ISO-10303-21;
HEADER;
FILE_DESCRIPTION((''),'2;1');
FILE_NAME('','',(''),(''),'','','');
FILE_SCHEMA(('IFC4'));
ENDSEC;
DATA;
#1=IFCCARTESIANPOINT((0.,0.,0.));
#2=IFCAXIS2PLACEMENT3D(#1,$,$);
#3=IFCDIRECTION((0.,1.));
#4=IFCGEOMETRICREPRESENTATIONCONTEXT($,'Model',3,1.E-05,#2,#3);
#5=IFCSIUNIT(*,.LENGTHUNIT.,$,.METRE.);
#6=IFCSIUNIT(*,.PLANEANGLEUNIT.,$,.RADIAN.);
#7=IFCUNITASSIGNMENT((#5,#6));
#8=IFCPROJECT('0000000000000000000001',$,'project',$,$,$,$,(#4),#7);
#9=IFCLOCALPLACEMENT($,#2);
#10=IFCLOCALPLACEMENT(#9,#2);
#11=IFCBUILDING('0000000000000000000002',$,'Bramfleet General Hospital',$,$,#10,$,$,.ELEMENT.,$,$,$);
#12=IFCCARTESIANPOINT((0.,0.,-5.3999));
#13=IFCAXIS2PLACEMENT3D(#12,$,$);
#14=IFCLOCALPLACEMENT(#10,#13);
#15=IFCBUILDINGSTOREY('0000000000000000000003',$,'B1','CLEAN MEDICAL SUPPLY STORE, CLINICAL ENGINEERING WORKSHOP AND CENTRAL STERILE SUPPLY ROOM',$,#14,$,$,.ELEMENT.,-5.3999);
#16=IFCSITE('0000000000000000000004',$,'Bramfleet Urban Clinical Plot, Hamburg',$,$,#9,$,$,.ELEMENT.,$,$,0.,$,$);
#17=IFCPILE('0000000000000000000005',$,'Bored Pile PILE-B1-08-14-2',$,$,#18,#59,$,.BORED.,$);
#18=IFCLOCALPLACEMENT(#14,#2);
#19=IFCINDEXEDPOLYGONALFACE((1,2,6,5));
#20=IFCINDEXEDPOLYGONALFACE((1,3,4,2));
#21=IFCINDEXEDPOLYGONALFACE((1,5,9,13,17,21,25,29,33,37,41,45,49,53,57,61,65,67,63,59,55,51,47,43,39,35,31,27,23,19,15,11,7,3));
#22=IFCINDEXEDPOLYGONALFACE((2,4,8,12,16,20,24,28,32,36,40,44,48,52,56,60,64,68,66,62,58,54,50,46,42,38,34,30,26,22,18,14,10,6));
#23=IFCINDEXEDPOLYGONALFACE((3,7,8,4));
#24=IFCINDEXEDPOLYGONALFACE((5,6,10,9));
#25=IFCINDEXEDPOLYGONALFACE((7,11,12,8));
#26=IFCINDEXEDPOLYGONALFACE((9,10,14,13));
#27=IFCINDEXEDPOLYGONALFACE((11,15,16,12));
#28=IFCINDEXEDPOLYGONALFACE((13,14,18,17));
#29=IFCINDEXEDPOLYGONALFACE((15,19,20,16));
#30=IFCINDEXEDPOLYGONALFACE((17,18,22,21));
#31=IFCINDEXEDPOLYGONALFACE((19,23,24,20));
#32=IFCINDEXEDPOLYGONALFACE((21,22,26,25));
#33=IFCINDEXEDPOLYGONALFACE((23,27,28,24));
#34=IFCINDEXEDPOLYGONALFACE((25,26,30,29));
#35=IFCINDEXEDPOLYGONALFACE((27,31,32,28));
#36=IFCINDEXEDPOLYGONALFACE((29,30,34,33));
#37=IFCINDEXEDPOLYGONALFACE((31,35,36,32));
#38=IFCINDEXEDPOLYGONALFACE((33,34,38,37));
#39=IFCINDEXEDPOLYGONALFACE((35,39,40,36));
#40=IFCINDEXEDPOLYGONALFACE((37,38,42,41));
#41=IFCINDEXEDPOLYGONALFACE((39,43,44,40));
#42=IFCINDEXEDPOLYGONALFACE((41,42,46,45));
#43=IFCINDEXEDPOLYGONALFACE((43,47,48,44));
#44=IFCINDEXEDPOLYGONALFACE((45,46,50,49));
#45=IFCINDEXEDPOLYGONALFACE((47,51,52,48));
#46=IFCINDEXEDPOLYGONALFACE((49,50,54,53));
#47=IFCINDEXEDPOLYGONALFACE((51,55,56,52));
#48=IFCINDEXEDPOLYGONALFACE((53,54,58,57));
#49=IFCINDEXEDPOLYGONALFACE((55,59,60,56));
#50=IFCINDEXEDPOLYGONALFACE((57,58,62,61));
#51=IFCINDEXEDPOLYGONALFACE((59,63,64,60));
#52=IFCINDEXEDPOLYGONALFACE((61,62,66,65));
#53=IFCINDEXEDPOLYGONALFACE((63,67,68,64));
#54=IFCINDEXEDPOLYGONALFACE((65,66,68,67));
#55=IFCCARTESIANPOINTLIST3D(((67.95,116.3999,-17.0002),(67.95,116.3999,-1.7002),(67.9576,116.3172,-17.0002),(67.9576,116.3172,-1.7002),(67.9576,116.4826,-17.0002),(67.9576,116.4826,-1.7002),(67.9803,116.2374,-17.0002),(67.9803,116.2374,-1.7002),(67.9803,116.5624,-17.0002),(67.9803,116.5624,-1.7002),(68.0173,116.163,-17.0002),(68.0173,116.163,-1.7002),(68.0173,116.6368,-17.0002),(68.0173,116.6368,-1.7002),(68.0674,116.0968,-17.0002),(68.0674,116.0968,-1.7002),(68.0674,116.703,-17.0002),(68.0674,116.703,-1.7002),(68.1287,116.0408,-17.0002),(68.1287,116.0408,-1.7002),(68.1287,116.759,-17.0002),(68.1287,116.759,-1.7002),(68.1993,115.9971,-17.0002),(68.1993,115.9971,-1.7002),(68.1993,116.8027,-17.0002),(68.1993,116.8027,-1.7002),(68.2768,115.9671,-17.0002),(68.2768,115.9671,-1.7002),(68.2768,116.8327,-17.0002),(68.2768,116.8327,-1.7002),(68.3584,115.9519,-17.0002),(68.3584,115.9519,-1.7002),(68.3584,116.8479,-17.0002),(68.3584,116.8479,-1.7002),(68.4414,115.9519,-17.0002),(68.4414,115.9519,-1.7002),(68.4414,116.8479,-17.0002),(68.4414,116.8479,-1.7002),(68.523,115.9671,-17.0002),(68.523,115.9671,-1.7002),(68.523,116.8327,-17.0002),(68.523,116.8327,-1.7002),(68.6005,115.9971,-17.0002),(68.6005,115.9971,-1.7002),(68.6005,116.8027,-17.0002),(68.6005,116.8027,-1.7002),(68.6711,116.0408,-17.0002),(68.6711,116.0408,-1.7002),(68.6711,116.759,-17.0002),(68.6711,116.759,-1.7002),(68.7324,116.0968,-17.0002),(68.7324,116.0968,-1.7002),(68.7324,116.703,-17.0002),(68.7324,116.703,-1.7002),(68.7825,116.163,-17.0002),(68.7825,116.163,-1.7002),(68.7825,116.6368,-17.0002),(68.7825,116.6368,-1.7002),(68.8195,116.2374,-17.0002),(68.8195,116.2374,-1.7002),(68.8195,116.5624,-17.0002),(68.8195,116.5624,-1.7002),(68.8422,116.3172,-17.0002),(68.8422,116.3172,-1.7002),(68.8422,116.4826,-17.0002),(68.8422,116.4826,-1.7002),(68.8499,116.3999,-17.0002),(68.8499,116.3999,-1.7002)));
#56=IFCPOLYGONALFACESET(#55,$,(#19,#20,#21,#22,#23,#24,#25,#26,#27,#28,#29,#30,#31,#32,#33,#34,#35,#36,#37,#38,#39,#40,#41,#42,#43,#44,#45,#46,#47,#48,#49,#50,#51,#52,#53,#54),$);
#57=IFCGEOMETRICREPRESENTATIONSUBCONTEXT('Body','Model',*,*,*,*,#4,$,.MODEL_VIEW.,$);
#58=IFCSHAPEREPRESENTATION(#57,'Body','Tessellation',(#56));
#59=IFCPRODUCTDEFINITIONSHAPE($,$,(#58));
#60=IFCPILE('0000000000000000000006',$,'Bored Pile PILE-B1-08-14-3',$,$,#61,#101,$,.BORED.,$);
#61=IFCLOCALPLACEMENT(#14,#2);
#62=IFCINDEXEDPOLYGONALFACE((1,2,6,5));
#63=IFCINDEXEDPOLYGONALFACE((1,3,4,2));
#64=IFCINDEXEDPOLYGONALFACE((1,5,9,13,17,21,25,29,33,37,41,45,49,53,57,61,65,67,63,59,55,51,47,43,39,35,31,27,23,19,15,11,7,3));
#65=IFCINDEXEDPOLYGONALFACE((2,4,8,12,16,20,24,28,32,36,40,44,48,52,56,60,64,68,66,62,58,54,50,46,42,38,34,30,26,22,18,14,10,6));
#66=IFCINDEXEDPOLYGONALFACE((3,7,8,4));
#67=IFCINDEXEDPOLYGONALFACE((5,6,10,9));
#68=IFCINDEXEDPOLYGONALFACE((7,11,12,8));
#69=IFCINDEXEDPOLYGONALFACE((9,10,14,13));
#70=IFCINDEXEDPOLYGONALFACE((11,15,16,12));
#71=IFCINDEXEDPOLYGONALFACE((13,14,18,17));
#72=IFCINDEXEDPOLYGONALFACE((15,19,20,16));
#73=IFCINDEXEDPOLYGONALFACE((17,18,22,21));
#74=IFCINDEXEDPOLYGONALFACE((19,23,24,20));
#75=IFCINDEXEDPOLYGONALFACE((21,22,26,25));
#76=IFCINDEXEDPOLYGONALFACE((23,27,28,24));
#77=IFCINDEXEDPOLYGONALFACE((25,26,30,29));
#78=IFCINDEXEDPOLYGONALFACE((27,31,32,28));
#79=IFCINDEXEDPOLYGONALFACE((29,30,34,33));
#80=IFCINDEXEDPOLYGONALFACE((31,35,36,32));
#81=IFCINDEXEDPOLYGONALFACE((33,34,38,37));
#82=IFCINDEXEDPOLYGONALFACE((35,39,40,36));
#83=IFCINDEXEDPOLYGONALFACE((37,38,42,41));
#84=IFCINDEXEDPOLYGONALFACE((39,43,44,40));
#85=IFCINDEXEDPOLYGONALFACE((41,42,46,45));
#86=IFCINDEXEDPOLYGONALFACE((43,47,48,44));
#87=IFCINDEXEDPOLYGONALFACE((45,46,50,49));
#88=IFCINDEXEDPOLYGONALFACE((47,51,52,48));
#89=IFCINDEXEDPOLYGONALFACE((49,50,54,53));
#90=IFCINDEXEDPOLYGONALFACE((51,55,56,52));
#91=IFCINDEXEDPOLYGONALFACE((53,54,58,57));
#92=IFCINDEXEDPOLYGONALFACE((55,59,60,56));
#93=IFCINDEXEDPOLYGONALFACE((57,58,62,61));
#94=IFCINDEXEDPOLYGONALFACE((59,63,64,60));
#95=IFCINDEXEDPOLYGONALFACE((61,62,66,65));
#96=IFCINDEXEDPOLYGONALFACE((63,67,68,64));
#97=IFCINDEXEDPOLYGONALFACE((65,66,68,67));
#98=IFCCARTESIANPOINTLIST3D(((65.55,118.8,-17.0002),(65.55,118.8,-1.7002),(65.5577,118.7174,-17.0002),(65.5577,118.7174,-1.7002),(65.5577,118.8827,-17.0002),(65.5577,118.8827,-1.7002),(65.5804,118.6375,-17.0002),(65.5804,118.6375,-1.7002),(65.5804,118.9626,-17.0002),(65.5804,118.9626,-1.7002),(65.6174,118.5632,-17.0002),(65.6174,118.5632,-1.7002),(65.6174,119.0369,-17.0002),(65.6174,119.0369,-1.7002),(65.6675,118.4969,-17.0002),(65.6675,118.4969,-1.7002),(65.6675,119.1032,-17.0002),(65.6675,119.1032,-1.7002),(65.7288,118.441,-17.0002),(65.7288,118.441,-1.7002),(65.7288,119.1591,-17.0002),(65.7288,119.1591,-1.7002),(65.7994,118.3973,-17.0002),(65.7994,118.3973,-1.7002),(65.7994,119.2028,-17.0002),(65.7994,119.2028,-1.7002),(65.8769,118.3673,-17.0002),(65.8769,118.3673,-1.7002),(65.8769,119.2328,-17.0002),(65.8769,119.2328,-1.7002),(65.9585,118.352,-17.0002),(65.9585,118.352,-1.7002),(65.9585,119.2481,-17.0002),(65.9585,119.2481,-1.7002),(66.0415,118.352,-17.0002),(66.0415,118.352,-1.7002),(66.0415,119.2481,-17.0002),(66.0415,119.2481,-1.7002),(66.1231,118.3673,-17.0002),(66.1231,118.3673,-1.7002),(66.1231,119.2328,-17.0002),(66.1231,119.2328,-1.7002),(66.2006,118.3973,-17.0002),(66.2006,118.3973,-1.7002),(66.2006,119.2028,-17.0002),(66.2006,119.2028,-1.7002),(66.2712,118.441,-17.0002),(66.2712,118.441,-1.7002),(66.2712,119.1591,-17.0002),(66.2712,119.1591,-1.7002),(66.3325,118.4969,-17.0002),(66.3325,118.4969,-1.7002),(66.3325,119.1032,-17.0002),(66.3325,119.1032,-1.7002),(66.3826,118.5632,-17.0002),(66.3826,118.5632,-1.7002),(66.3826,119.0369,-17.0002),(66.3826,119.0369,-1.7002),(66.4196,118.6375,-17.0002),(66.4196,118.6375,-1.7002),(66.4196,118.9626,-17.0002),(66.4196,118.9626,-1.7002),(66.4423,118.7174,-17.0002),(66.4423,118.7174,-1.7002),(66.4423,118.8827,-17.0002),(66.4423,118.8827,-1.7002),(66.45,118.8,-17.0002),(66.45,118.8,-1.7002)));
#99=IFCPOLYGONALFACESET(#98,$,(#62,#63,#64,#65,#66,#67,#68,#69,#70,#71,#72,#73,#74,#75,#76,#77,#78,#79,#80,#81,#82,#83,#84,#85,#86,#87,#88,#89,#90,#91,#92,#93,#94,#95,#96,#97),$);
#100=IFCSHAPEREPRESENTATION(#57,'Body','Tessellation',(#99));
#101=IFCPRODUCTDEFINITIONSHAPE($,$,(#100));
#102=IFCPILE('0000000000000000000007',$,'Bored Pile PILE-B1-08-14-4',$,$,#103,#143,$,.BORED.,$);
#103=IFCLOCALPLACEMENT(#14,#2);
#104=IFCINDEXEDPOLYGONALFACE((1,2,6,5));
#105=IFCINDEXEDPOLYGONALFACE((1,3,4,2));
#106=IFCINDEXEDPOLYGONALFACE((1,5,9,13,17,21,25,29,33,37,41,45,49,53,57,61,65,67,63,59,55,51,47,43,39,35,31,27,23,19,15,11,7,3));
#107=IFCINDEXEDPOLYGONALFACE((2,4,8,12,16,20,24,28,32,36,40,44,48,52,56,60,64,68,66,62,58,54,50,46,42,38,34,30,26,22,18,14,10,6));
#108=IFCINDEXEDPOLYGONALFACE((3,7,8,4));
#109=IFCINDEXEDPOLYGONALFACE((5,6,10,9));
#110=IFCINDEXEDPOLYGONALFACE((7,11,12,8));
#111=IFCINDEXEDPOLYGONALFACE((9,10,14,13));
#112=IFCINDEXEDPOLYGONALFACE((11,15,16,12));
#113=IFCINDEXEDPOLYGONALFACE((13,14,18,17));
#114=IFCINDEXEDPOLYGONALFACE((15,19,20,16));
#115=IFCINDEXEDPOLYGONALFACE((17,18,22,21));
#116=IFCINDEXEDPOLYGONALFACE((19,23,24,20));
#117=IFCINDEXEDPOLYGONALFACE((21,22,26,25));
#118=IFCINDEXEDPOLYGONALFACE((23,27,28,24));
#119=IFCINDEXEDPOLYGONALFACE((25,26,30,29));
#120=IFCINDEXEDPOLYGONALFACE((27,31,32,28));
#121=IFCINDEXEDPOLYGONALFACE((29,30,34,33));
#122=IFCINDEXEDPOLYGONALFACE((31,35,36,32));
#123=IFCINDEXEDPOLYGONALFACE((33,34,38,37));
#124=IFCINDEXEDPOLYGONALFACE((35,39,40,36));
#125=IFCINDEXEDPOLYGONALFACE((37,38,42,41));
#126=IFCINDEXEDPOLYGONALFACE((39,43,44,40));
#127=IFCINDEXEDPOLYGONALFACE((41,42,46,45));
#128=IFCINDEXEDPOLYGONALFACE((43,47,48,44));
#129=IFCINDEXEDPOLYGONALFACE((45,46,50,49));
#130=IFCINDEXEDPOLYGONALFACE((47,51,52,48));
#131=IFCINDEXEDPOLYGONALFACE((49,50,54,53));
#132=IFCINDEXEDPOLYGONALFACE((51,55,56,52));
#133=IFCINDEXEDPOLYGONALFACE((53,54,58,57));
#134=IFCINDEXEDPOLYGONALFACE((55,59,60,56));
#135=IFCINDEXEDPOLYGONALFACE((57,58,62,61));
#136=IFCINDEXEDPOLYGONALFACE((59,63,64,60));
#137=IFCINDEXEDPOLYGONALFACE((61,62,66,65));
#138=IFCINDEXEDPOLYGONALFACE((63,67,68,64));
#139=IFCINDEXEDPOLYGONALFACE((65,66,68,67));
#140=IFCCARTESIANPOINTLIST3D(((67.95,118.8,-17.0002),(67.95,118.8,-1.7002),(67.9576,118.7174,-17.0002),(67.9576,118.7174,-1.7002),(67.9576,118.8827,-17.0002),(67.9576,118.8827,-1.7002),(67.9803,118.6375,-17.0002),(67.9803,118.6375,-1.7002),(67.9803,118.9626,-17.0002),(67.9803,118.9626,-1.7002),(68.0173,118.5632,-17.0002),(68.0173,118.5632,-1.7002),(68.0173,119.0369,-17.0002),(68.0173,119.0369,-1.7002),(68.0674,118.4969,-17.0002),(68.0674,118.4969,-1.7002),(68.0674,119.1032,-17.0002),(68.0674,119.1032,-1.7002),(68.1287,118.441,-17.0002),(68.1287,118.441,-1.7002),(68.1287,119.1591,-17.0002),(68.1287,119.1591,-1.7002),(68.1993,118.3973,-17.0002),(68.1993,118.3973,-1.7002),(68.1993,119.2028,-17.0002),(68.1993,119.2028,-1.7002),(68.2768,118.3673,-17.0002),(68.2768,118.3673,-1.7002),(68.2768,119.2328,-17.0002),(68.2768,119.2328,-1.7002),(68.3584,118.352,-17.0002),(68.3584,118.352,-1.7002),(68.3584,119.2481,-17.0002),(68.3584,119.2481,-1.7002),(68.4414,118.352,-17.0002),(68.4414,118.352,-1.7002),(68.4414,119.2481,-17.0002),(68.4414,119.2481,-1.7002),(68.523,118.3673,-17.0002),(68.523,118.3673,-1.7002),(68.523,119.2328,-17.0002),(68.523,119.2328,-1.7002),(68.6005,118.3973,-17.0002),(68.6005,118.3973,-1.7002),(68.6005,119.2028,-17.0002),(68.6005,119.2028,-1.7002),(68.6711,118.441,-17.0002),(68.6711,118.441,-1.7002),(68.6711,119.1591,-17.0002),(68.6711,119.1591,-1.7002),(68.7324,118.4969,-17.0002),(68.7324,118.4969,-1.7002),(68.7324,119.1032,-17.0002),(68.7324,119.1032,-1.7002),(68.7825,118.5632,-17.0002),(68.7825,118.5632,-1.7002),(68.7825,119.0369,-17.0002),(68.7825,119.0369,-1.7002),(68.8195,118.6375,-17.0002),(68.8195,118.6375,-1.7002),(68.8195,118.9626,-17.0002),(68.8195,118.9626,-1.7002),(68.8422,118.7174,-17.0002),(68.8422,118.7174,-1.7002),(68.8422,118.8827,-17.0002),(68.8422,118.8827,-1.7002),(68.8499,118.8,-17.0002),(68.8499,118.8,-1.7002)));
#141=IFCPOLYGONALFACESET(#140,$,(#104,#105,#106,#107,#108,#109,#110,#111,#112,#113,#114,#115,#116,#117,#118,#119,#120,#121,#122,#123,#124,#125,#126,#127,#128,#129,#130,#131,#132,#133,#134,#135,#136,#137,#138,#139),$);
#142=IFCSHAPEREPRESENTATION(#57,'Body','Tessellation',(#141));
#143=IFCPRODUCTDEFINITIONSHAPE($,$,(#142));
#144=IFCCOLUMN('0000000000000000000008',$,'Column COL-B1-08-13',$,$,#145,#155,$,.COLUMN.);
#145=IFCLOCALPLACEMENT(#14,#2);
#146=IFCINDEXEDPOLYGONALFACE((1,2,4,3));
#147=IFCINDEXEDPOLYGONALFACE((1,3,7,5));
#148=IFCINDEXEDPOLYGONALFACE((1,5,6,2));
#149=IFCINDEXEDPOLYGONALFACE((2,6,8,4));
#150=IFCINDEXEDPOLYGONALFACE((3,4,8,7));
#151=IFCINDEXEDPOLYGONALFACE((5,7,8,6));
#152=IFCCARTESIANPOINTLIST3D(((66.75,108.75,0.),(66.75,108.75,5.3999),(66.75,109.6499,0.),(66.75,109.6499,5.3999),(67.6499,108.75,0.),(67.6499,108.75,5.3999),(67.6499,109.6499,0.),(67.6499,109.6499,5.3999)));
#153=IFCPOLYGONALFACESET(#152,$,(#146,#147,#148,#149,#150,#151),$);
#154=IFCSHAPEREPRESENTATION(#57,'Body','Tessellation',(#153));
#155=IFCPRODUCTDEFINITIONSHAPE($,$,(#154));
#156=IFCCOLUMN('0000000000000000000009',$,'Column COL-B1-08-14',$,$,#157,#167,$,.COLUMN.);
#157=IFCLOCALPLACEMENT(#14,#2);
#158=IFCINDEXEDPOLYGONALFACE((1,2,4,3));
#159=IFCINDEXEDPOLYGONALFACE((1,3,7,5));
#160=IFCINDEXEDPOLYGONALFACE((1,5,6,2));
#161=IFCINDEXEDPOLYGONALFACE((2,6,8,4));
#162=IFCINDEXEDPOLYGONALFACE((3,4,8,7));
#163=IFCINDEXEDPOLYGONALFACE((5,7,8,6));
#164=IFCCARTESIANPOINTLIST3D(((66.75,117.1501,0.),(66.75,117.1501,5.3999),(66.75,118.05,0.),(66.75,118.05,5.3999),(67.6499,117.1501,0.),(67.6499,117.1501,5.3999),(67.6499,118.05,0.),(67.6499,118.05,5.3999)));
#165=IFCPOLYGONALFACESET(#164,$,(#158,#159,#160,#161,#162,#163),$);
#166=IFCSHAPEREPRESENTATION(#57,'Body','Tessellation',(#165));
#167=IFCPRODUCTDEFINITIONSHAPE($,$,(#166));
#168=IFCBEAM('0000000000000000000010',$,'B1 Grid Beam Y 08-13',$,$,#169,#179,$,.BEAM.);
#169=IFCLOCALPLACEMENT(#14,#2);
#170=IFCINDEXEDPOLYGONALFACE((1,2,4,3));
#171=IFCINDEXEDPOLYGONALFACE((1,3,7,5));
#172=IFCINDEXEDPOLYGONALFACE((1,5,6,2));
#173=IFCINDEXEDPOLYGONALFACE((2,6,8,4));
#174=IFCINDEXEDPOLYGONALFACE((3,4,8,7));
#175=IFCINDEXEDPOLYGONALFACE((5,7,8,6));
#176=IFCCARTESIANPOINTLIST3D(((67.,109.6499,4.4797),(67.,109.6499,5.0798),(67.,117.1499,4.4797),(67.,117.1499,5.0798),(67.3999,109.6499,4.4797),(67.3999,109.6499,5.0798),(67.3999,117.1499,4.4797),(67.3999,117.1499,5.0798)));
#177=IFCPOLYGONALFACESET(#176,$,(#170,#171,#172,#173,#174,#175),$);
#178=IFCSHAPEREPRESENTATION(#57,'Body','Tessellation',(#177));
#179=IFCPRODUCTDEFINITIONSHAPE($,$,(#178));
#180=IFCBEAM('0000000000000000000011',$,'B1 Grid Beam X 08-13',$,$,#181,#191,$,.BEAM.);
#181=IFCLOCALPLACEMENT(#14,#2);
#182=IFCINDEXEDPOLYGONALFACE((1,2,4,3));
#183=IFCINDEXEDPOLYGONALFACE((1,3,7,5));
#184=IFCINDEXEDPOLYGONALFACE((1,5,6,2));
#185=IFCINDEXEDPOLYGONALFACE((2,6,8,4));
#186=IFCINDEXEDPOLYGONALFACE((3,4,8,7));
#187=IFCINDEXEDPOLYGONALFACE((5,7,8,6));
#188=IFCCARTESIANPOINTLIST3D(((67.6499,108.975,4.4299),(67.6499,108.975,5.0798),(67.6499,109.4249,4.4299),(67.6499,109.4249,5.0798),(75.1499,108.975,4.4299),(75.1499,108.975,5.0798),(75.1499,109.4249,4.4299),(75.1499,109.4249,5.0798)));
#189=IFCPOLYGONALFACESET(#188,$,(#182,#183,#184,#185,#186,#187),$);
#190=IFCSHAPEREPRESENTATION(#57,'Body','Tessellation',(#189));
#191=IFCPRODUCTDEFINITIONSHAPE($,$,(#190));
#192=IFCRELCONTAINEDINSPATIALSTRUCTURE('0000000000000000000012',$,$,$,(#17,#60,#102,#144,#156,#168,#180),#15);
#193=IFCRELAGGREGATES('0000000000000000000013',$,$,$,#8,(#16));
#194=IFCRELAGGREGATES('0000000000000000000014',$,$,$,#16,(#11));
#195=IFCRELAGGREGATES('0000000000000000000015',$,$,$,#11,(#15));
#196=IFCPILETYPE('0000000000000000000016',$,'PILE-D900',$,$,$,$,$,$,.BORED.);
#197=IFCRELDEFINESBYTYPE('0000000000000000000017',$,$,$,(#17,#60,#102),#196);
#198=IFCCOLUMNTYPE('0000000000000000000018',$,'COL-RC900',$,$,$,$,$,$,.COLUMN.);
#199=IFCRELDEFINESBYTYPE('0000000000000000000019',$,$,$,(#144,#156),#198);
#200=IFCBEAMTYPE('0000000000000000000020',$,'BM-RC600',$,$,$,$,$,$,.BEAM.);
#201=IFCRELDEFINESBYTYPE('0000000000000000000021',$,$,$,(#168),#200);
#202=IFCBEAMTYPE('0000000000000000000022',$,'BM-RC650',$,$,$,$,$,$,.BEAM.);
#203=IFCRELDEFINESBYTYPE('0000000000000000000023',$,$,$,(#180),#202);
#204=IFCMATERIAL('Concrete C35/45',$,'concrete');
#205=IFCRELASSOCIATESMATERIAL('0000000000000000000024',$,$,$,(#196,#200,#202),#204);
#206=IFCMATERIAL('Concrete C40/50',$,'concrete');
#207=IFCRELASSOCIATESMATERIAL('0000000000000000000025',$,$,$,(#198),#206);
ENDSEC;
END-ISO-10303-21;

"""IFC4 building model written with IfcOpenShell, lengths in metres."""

from ifc_helpers import new_model, si_unit, direction, frame, origin, origin_2d, place, context, subcontext, project, spatial, rectangle, circle, extrude, material, material_profile, profile_set, type_object, element, save


model = new_model("IFC4")

# Units and contexts
model_context = context("Model", 3, precision=1e-05, world=origin(), true_north=direction((0.0, 1.0)))
body_context = subcontext(model_context, "Body", "Model", "MODEL_VIEW")
ifc_project = project(units=[si_unit("LENGTHUNIT", "METRE"), si_unit("PLANEANGLEUNIT", "RADIAN")], contexts=[model_context])

# Site, building, storey
site_placement = place(None, origin())
site = spatial("IfcSite", under=ifc_project, at=site_placement, Name="Bramfleet Urban Clinical Plot, Hamburg", CompositionType="ELEMENT", RefElevation=0.0)
building_placement = place(site_placement, origin())
building = spatial("IfcBuilding", under=site, at=building_placement, Name="Bramfleet General Hospital", CompositionType="ELEMENT")
storey_placement = place(building_placement, frame((0.0, 0.0, -5.3999)))
storey = spatial("IfcBuildingStorey", under=building, at=storey_placement, Name="B1", Description="CLEAN MEDICAL SUPPLY STORE, CLINICAL ENGINEERING WORKSHOP AND CENTRAL STERILE SUPPLY ROOM", CompositionType="ELEMENT", Elevation=-5.3999)

# Shared definitions
ifc_material_1 = material(Name="Concrete C35/45", Category="concrete")

# Piles
ifc_material_profile_1 = material_profile(ifc_material_1, circle(Radius=0.45, at=origin_2d()), Name="PILE BORED D900")
ifc_profile_set_1 = profile_set([ifc_material_profile_1], Name="Concrete C35/45")
pile_type = type_object("IfcPileType", Name="PILE-D900", PredefinedType="BORED", material=ifc_profile_set_1)
for number, where, z_axis, x_axis, name in (
    (1, (68.3999, 116.3999, -1.7002), (0.0, 0.0, -1.0), (1.0, 0.0, 0.0), "Bored Pile PILE-B1-08-14-2"),
    (2, (66.0, 118.8, -1.7002), (0.0, 0.0, -1.0), (1.0, 0.0, 0.0), "Bored Pile PILE-B1-08-14-3"),
    (3, (68.3999, 118.8, -1.7002), (0.0, 0.0, -1.0), (1.0, 0.0, 0.0), "Bored Pile PILE-B1-08-14-4"),
):
    element("IfcPile", number, at=place(storey_placement, frame(where, z_axis=z_axis, x_axis=x_axis)), inside=storey, type_object=pile_type, Name=name, PredefinedType="BORED", context=body_context, shape_type="SweptSolid", body=[
        extrude(circle(Radius=0.45, at=origin_2d()), origin(), (0.0, 0.0, 1.0), 15.3),
    ])

# Columns
ifc_material_2 = material(Name="Concrete C40/50", Category="concrete")
ifc_material_profile_2 = material_profile(ifc_material_2, rectangle(XDim=0.8999, YDim=0.8999, at=origin_2d()), Name="RC COL 900x900")
ifc_profile_set_2 = profile_set([ifc_material_profile_2], Name="Concrete C40/50")
column_type = type_object("IfcColumnType", Name="COL-RC900", PredefinedType="COLUMN", material=ifc_profile_set_2)
for number, where, z_axis, x_axis, name in (
    (4, (67.2, 109.2, 0.0), (0.0, 0.0, 1.0), (1.0, 0.0, 0.0), "Column COL-B1-08-13"),
    (5, (67.2, 117.6001, 0.0), (0.0, 0.0, 1.0), (1.0, 0.0, 0.0), "Column COL-B1-08-14"),
):
    element("IfcColumn", number, at=place(storey_placement, frame(where, z_axis=z_axis, x_axis=x_axis)), inside=storey, type_object=column_type, Name=name, PredefinedType="COLUMN", context=body_context, shape_type="SweptSolid", body=[
        extrude(rectangle(XDim=0.8999, YDim=0.8999, at=origin_2d()), origin(), (0.0, 0.0, 1.0), 5.3999),
    ])

# Beams
ifc_material_profile_3 = material_profile(ifc_material_1, rectangle(XDim=0.3999, YDim=0.6001, at=origin_2d()), Name="RC BM 600x400")
ifc_profile_set_3 = profile_set([ifc_material_profile_3], Name="Concrete C35/45")
beam_type_1 = type_object("IfcBeamType", Name="BM-RC600", PredefinedType="BEAM", material=ifc_profile_set_3)
beam_1_placement = place(storey_placement, frame((67.2, 109.6499, 4.7798), z_axis=(0.0, 1.0, 0.0), x_axis=(-1.0, 0.0, 0.0)))
element("IfcBeam", 6, at=beam_1_placement, inside=storey, type_object=beam_type_1, Name="B1 Grid Beam Y 08-13", PredefinedType="BEAM", context=body_context, shape_type="SweptSolid", body=[
    extrude(rectangle(XDim=0.3999, YDim=0.6001, at=origin_2d()), origin(), (0.0, 0.0, 1.0), 7.5),
])
ifc_material_profile_4 = material_profile(ifc_material_1, rectangle(XDim=0.45, YDim=0.6499, at=origin_2d()), Name="RC BM 650x450")
ifc_profile_set_4 = profile_set([ifc_material_profile_4], Name="Concrete C35/45")
beam_type_2 = type_object("IfcBeamType", Name="BM-RC650", PredefinedType="BEAM", material=ifc_profile_set_4)
beam_2_placement = place(storey_placement, frame((67.6499, 109.2, 4.7549), z_axis=(1.0, 0.0, 0.0), x_axis=(0.0, 1.0, 0.0)))
element("IfcBeam", 7, at=beam_2_placement, inside=storey, type_object=beam_type_2, Name="B1 Grid Beam X 08-13", PredefinedType="BEAM", context=body_context, shape_type="SweptSolid", body=[
    extrude(rectangle(XDim=0.45, YDim=0.6499, at=origin_2d()), origin(), (0.0, 0.0, 1.0), 7.5),
])

save(model, "model.ifc")
